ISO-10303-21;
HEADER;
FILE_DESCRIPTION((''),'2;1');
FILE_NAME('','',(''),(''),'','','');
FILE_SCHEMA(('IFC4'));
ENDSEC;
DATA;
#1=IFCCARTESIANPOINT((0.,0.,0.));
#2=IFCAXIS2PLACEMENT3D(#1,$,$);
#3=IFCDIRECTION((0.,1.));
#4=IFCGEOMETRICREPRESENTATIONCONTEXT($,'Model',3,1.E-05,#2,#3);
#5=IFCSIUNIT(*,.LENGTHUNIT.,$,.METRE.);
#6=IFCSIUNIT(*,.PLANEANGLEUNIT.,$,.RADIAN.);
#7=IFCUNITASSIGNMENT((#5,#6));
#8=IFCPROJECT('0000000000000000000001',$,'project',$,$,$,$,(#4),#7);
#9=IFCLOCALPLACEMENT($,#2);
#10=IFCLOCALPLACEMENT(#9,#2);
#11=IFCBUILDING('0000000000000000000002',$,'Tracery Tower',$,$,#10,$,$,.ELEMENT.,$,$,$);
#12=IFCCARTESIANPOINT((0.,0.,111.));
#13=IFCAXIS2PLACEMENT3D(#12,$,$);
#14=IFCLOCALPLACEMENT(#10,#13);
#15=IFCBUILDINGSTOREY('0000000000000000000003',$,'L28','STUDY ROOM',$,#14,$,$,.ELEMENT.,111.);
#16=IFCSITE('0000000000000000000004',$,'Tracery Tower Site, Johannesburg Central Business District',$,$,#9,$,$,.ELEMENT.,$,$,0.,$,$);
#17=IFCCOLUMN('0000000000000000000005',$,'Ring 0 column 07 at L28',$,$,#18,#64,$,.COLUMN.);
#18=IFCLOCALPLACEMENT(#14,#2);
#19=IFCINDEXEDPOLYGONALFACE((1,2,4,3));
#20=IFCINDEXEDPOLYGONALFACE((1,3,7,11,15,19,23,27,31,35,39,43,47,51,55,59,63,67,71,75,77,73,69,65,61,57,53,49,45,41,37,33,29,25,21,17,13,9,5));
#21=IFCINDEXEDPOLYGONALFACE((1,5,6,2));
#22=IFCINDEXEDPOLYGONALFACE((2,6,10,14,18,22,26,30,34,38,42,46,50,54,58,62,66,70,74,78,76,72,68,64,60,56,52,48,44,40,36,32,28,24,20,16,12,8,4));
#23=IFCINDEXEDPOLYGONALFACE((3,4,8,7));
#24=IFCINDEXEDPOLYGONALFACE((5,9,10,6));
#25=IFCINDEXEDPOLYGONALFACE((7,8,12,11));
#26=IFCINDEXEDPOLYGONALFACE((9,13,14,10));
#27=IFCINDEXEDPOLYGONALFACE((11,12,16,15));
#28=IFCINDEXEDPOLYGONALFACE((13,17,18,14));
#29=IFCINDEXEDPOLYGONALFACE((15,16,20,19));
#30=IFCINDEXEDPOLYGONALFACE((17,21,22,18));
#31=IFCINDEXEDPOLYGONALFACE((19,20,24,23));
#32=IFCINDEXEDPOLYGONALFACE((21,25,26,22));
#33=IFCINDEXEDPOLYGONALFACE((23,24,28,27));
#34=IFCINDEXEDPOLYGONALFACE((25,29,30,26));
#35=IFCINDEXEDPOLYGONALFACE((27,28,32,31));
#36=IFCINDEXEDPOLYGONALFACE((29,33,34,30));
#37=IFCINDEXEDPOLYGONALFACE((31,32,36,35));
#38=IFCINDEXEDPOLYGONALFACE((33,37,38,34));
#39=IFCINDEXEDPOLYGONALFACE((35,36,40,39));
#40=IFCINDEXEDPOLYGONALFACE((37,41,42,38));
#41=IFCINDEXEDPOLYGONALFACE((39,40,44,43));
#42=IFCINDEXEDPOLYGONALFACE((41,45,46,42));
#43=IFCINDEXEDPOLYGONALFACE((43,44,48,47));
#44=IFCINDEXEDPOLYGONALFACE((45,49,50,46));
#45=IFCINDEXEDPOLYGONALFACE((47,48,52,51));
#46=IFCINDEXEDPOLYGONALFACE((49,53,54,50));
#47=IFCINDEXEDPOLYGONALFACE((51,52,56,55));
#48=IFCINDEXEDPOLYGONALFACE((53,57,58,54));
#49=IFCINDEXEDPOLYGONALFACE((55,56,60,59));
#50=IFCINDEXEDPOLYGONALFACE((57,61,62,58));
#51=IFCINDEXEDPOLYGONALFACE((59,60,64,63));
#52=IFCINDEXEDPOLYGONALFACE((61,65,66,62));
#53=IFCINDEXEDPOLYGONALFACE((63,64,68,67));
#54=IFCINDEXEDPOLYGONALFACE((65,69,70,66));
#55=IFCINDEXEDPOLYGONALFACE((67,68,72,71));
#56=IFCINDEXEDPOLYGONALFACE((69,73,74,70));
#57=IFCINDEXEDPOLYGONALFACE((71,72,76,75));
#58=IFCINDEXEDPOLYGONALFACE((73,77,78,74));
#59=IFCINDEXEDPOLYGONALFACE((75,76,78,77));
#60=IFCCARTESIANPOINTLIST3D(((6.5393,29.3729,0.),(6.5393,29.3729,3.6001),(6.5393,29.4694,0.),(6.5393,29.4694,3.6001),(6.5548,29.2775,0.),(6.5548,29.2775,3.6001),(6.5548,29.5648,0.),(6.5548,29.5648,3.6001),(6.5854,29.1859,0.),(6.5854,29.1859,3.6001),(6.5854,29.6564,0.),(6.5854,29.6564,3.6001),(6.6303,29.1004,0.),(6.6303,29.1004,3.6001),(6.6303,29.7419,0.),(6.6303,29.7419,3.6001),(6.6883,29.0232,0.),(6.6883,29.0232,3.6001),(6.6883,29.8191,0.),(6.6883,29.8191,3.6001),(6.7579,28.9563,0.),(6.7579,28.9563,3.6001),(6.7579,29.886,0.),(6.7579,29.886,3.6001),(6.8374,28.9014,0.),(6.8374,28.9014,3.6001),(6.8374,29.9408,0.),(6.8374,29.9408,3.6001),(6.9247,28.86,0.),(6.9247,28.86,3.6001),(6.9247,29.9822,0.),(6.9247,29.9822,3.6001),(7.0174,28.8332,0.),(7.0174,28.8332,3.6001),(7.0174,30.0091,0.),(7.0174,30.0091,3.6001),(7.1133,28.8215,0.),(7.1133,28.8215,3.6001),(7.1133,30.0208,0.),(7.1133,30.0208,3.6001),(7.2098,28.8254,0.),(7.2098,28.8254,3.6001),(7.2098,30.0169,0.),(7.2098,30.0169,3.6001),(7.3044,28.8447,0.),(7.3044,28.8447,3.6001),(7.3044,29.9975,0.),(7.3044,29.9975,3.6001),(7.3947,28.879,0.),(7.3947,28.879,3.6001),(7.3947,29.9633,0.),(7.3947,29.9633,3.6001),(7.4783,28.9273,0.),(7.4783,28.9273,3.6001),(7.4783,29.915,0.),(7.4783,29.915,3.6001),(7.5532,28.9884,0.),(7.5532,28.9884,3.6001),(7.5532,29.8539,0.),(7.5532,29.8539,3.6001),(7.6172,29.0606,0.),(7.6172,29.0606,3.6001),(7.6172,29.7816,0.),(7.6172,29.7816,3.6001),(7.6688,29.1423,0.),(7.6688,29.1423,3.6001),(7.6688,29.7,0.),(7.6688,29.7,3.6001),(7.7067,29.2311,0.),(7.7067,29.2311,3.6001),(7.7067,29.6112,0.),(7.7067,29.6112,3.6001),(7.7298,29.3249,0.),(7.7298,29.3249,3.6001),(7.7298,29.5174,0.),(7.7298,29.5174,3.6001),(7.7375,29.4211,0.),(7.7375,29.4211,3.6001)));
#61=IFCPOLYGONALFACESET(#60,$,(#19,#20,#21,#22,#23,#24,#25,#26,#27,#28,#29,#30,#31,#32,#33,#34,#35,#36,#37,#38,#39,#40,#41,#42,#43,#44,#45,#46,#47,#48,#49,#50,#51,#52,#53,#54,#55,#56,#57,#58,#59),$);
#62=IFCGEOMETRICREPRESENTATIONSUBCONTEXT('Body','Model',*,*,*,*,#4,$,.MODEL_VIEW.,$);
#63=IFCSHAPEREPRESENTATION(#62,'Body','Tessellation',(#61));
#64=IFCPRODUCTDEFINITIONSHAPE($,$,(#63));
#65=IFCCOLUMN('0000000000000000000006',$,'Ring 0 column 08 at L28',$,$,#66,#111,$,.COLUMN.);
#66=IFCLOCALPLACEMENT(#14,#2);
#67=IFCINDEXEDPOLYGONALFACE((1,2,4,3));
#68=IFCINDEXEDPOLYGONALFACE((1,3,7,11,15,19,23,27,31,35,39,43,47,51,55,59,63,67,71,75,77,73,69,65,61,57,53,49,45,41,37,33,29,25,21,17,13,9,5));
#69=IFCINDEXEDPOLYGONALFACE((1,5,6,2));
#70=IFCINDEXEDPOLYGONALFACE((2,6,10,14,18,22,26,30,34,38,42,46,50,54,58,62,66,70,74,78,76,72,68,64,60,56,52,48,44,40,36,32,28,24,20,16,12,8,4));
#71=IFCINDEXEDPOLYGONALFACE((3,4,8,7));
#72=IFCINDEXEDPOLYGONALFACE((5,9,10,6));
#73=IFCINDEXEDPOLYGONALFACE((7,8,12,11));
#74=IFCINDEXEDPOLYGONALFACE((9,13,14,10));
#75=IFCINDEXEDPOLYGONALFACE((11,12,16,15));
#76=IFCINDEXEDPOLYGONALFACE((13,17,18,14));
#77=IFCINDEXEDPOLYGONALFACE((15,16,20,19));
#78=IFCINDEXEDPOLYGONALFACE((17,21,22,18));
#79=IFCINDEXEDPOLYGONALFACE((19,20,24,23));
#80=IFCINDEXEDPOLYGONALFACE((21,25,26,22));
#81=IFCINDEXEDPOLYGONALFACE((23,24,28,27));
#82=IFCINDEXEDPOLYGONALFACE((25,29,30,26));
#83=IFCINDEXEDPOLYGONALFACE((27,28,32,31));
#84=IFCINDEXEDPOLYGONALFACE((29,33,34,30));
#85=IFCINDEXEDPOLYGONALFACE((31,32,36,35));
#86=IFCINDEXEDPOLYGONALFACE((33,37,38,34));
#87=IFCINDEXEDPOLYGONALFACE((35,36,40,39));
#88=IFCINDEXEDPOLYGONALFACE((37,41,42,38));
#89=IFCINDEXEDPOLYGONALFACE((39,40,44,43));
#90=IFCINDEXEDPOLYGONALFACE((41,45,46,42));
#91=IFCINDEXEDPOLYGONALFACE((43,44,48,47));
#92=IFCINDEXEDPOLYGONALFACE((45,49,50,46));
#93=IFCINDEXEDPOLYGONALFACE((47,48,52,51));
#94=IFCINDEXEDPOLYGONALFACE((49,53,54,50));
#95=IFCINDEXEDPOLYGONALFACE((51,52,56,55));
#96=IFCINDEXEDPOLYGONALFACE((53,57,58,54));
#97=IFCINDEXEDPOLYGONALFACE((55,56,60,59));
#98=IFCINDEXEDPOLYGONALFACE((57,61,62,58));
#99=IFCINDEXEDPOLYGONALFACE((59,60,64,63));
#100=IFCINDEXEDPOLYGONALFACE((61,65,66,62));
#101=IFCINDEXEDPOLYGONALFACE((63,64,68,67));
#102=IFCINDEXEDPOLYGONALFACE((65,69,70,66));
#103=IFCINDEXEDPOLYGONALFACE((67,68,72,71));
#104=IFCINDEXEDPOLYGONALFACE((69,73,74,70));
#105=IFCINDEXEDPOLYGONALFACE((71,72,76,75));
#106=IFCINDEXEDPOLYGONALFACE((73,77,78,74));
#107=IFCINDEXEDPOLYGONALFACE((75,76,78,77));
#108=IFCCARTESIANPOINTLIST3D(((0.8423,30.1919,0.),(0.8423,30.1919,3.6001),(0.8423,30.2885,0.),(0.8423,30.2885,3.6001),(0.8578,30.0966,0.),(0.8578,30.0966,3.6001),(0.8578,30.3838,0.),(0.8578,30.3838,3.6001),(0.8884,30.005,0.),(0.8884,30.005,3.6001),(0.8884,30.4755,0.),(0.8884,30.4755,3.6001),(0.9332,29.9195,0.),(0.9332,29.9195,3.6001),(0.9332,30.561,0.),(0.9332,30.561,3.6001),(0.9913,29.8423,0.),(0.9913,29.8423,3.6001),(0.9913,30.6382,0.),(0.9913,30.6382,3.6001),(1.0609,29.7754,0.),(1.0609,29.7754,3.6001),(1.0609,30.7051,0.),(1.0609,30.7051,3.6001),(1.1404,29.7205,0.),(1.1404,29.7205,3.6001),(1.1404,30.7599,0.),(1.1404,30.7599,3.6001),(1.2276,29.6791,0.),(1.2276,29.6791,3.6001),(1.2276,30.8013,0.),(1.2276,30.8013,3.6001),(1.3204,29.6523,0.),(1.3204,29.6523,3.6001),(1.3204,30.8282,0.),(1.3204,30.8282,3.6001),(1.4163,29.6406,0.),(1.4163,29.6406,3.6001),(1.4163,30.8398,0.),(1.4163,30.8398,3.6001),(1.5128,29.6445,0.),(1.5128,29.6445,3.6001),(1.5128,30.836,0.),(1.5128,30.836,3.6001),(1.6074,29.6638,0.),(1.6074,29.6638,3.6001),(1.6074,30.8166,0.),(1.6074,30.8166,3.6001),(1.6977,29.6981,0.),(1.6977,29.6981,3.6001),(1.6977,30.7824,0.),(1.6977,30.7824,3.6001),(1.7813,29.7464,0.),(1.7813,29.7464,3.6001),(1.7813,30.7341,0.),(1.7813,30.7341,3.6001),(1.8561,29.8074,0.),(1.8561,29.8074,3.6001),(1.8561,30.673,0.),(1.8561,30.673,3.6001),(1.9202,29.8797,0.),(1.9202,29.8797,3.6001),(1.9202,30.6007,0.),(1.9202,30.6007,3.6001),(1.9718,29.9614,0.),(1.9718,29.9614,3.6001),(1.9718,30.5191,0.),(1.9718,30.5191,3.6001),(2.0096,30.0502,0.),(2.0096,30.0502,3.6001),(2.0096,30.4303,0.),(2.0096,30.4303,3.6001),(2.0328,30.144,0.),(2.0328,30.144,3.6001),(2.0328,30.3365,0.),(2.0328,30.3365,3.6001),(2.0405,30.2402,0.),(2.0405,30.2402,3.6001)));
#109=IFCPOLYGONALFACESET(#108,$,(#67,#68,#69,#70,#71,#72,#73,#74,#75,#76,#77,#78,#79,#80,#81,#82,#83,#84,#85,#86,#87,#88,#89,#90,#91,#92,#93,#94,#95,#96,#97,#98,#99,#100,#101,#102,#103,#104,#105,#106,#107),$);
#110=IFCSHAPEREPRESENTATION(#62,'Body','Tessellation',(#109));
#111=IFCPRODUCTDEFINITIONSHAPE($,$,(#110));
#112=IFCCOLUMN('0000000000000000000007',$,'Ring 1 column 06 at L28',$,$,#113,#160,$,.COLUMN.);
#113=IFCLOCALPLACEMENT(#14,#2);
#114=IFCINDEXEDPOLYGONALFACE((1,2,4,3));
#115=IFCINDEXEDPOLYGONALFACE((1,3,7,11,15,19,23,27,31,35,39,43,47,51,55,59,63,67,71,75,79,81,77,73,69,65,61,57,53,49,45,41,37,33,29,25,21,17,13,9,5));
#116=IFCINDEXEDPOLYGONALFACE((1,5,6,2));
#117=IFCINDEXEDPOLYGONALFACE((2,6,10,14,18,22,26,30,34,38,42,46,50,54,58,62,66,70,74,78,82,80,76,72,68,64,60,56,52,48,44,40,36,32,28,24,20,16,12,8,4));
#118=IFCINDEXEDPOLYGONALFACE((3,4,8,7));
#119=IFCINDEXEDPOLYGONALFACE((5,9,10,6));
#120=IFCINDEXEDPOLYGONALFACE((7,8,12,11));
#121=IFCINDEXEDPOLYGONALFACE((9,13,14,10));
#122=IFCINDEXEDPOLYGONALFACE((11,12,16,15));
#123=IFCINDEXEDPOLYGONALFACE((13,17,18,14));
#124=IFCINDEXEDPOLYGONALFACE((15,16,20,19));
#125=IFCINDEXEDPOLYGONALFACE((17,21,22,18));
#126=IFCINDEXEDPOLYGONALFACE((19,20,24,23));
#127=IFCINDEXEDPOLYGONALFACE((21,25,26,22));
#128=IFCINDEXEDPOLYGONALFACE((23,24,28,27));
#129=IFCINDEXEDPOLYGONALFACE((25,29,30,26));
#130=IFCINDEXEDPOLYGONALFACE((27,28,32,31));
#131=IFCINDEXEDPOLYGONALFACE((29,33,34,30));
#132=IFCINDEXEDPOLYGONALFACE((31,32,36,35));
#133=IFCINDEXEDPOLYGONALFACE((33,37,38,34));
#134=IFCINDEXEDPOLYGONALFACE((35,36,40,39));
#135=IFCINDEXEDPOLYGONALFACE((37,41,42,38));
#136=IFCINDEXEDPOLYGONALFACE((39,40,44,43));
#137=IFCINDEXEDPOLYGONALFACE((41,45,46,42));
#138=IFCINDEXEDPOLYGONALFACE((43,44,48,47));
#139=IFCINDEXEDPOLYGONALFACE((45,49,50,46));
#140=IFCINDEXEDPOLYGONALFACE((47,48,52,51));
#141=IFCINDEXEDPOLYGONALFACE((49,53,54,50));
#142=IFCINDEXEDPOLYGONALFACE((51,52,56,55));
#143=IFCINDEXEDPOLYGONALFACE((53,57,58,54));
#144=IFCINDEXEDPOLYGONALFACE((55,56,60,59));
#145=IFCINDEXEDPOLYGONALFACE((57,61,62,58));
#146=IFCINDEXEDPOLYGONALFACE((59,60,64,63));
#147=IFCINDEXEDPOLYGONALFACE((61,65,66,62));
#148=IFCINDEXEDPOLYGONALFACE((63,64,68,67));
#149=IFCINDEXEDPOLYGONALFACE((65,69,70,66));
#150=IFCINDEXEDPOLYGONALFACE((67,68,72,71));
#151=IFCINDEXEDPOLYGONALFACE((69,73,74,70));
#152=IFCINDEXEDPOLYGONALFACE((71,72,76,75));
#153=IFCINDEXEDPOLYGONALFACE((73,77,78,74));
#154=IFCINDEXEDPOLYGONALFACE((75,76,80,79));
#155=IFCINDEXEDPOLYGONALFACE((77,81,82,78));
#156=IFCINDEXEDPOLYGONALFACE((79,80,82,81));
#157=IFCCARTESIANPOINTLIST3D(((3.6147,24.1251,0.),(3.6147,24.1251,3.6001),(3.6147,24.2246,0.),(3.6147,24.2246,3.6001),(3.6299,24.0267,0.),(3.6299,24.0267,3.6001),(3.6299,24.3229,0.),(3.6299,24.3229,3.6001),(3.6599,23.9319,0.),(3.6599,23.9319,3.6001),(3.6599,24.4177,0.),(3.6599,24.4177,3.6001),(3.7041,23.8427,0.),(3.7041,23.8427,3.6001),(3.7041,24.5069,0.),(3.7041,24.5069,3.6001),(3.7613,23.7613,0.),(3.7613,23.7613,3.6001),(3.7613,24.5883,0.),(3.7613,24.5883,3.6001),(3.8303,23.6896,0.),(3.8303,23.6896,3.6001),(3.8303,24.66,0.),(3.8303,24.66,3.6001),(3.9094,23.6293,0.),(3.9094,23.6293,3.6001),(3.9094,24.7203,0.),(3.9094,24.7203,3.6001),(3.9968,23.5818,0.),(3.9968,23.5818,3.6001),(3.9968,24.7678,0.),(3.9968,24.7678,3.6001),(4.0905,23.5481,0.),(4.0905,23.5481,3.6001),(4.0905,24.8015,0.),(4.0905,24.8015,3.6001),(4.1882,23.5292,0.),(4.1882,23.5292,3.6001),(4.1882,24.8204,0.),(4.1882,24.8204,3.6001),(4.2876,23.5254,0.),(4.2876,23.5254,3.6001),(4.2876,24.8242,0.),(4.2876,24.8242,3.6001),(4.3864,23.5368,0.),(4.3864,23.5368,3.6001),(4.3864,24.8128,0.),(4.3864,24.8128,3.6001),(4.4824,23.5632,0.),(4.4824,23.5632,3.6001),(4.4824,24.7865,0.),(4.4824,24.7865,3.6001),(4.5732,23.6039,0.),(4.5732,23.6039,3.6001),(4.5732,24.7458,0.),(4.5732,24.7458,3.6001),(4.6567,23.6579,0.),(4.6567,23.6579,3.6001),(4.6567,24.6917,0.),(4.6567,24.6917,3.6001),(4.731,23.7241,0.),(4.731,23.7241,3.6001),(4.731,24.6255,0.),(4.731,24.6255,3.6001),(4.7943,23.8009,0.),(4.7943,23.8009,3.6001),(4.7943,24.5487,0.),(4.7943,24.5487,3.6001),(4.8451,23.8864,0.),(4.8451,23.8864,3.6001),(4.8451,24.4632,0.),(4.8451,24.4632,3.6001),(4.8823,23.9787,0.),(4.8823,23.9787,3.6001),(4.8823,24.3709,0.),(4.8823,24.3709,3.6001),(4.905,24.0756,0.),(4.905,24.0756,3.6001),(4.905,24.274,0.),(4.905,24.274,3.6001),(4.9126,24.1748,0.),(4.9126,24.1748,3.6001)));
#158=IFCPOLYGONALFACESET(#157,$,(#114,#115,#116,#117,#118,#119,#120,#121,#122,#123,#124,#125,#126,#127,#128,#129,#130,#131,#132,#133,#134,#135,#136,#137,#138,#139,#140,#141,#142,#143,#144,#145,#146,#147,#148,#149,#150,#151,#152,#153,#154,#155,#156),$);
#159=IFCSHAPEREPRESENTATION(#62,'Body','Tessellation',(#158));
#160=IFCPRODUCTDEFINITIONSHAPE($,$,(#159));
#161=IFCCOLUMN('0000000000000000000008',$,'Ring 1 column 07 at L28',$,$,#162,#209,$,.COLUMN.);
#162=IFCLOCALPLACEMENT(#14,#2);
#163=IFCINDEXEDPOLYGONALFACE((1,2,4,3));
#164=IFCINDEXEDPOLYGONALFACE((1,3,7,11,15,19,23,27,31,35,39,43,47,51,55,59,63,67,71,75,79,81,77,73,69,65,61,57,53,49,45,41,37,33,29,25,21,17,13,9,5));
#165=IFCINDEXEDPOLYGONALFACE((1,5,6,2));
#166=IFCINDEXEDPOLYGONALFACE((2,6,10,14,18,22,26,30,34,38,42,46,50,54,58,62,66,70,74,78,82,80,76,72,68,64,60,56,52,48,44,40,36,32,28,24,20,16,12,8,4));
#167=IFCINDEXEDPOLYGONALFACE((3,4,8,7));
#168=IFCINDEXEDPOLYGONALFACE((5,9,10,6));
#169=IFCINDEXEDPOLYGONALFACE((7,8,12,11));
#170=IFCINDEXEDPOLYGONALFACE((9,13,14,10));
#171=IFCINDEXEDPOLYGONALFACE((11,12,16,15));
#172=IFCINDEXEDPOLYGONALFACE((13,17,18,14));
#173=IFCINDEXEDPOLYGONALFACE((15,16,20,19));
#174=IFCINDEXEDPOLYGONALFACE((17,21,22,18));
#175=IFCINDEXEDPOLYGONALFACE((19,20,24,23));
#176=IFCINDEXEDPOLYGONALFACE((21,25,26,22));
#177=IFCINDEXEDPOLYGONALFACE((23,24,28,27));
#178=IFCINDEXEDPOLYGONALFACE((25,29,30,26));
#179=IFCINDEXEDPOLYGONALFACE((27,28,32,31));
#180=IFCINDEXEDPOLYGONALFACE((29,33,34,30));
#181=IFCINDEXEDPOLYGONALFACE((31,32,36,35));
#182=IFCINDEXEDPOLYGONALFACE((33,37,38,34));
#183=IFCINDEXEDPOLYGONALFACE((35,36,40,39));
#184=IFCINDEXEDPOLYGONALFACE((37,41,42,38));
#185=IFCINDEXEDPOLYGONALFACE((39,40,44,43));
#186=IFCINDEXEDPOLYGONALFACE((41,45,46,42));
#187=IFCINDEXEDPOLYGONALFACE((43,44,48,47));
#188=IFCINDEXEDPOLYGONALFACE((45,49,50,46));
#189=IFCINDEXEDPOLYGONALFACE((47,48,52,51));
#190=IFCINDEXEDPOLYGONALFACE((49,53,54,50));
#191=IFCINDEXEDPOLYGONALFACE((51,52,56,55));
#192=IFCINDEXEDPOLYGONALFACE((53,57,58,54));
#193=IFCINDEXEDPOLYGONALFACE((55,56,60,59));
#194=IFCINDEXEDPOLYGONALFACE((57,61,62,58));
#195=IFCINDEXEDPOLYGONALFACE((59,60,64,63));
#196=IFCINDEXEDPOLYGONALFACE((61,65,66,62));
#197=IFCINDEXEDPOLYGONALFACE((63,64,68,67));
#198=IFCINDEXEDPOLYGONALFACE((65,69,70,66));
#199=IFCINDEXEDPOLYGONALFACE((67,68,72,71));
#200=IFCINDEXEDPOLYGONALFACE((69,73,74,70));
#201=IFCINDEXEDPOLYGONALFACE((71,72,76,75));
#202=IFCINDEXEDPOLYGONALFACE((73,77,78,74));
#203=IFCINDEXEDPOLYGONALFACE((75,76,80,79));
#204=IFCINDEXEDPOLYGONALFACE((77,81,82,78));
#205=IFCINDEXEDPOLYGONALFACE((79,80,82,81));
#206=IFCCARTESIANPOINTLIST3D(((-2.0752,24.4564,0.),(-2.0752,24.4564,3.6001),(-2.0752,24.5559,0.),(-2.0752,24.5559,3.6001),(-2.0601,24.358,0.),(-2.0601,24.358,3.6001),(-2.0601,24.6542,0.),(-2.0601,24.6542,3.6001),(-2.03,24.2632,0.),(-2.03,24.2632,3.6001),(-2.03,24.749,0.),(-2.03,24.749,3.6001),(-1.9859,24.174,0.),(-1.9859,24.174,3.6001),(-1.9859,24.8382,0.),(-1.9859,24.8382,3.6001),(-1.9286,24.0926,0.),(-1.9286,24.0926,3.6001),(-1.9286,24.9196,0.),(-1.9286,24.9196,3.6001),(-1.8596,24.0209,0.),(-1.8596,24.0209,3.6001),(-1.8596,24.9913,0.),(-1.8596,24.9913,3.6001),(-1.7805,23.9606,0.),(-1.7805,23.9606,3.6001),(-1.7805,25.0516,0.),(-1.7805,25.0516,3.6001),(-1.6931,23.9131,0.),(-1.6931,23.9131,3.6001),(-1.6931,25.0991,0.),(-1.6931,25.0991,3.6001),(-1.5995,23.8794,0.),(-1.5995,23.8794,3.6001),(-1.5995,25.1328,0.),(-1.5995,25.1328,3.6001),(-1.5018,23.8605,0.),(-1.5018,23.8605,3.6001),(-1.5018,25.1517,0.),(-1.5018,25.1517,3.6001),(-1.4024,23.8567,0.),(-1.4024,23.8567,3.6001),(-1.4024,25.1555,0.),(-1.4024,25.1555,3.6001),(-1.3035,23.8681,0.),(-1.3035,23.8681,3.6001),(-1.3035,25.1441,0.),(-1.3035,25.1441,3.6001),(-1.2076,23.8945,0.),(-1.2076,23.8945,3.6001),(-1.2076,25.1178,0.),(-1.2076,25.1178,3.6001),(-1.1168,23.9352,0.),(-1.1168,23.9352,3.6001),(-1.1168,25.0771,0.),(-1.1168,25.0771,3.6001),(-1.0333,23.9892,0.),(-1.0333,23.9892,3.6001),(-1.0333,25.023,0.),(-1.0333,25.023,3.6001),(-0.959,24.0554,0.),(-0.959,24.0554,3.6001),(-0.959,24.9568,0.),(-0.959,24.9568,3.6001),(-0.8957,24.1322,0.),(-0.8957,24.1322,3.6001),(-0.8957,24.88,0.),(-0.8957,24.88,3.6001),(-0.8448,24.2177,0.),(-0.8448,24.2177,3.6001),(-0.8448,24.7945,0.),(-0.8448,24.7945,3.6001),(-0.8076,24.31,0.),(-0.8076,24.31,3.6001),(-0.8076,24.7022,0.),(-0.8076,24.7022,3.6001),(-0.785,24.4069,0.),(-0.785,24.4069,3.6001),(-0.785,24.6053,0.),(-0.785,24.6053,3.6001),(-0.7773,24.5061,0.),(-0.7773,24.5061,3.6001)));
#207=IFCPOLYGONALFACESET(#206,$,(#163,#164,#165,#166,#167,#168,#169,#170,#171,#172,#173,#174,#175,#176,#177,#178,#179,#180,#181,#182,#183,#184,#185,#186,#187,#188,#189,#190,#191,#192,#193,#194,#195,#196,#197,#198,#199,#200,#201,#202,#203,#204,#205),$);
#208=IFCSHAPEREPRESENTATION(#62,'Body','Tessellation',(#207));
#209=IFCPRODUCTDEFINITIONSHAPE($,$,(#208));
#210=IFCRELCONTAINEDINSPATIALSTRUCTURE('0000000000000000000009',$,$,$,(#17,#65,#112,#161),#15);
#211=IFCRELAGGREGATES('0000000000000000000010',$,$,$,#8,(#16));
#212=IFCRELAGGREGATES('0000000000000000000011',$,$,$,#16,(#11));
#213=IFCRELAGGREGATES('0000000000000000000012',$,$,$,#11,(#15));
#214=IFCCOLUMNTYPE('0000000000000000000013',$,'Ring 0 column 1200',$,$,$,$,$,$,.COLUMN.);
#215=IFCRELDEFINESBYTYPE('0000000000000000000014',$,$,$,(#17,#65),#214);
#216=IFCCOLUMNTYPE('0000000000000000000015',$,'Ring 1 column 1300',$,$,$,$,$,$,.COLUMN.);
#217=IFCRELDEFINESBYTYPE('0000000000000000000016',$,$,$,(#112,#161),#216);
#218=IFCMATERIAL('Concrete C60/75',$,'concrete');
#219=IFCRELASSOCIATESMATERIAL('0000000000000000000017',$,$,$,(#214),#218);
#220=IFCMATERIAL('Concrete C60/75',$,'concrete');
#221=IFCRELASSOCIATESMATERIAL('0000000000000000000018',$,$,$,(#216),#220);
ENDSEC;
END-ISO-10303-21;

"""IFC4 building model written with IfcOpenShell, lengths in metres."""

from ifc_helpers import new_model, si_unit, direction, frame, origin, origin_2d, place, context, subcontext, project, spatial, circle, extrude, material, material_profile, profile_set, type_object, element, save


model = new_model("IFC4")

# Units and contexts
model_context = context("Model", 3, precision=1e-05, world=origin(), true_north=direction((0.0, 1.0)))
body_context = subcontext(model_context, "Body", "Model", "MODEL_VIEW")
ifc_project = project(units=[si_unit("LENGTHUNIT", "METRE"), si_unit("PLANEANGLEUNIT", "RADIAN")], contexts=[model_context])

# Site, building, storey
site_placement = place(None, origin())
site = spatial("IfcSite", under=ifc_project, at=site_placement, Name="Tracery Tower Site, Johannesburg Central Business District", CompositionType="ELEMENT", RefElevation=0.0)
building_placement = place(site_placement, origin())
building = spatial("IfcBuilding", under=site, at=building_placement, Name="Tracery Tower", CompositionType="ELEMENT")
storey_placement = place(building_placement, frame((0.0, 0.0, 111.0)))
storey = spatial("IfcBuildingStorey", under=building, at=storey_placement, Name="L28", Description="STUDY ROOM", CompositionType="ELEMENT", Elevation=111.0)

# Columns
ifc_material_1 = material(Name="Concrete C60/75", Category="concrete")
ifc_material_profile_1 = material_profile(ifc_material_1, circle(Radius=0.6001, at=origin_2d()), Name="RC D1200")
ifc_profile_set_1 = profile_set([ifc_material_profile_1], Name="Concrete C60/75")
column_type_1 = type_object("IfcColumnType", Name="Ring 0 column 1200", PredefinedType="COLUMN", material=ifc_profile_set_1)
for number, where, z_axis, x_axis, name in (
    (1, (7.1375, 29.4211, 0.0), (0.0, 0.0, 1.0), (1.0, 0.0, 0.0), "Ring 0 column 07 at L28"),
    (2, (1.4404, 30.2402, 0.0), (0.0, 0.0, 1.0), (1.0, 0.0, 0.0), "Ring 0 column 08 at L28"),
):
    element("IfcColumn", number, at=place(storey_placement, frame(where, z_axis=z_axis, x_axis=x_axis)), inside=storey, type_object=column_type_1, Name=name, PredefinedType="COLUMN", context=body_context, shape_type="SweptSolid", body=[
        extrude(circle(Radius=0.6001, at=origin_2d()), origin(), (0.0, 0.0, 1.0), 3.6001),
    ])
ifc_material_2 = material(Name="Concrete C60/75", Category="concrete")
ifc_material_profile_2 = material_profile(ifc_material_2, circle(Radius=0.6499, at=origin_2d()), Name="RC D1300")
ifc_profile_set_2 = profile_set([ifc_material_profile_2], Name="Concrete C60/75")
column_type_2 = type_object("IfcColumnType", Name="Ring 1 column 1300", PredefinedType="COLUMN", material=ifc_profile_set_2)
for number, where, z_axis, x_axis, name in (
    (3, (4.2627, 24.1748, 0.0), (0.0, 0.0, 1.0), (1.0, 0.0, 0.0), "Ring 1 column 06 at L28"),
    (4, (-1.4272, 24.5061, 0.0), (0.0, 0.0, 1.0), (1.0, 0.0, 0.0), "Ring 1 column 07 at L28"),
):
    element("IfcColumn", number, at=place(storey_placement, frame(where, z_axis=z_axis, x_axis=x_axis)), inside=storey, type_object=column_type_2, Name=name, PredefinedType="COLUMN", context=body_context, shape_type="SweptSolid", body=[
        extrude(circle(Radius=0.6499, at=origin_2d()), origin(), (0.0, 0.0, 1.0), 3.6001),
    ])

save(model, "model.ifc")
